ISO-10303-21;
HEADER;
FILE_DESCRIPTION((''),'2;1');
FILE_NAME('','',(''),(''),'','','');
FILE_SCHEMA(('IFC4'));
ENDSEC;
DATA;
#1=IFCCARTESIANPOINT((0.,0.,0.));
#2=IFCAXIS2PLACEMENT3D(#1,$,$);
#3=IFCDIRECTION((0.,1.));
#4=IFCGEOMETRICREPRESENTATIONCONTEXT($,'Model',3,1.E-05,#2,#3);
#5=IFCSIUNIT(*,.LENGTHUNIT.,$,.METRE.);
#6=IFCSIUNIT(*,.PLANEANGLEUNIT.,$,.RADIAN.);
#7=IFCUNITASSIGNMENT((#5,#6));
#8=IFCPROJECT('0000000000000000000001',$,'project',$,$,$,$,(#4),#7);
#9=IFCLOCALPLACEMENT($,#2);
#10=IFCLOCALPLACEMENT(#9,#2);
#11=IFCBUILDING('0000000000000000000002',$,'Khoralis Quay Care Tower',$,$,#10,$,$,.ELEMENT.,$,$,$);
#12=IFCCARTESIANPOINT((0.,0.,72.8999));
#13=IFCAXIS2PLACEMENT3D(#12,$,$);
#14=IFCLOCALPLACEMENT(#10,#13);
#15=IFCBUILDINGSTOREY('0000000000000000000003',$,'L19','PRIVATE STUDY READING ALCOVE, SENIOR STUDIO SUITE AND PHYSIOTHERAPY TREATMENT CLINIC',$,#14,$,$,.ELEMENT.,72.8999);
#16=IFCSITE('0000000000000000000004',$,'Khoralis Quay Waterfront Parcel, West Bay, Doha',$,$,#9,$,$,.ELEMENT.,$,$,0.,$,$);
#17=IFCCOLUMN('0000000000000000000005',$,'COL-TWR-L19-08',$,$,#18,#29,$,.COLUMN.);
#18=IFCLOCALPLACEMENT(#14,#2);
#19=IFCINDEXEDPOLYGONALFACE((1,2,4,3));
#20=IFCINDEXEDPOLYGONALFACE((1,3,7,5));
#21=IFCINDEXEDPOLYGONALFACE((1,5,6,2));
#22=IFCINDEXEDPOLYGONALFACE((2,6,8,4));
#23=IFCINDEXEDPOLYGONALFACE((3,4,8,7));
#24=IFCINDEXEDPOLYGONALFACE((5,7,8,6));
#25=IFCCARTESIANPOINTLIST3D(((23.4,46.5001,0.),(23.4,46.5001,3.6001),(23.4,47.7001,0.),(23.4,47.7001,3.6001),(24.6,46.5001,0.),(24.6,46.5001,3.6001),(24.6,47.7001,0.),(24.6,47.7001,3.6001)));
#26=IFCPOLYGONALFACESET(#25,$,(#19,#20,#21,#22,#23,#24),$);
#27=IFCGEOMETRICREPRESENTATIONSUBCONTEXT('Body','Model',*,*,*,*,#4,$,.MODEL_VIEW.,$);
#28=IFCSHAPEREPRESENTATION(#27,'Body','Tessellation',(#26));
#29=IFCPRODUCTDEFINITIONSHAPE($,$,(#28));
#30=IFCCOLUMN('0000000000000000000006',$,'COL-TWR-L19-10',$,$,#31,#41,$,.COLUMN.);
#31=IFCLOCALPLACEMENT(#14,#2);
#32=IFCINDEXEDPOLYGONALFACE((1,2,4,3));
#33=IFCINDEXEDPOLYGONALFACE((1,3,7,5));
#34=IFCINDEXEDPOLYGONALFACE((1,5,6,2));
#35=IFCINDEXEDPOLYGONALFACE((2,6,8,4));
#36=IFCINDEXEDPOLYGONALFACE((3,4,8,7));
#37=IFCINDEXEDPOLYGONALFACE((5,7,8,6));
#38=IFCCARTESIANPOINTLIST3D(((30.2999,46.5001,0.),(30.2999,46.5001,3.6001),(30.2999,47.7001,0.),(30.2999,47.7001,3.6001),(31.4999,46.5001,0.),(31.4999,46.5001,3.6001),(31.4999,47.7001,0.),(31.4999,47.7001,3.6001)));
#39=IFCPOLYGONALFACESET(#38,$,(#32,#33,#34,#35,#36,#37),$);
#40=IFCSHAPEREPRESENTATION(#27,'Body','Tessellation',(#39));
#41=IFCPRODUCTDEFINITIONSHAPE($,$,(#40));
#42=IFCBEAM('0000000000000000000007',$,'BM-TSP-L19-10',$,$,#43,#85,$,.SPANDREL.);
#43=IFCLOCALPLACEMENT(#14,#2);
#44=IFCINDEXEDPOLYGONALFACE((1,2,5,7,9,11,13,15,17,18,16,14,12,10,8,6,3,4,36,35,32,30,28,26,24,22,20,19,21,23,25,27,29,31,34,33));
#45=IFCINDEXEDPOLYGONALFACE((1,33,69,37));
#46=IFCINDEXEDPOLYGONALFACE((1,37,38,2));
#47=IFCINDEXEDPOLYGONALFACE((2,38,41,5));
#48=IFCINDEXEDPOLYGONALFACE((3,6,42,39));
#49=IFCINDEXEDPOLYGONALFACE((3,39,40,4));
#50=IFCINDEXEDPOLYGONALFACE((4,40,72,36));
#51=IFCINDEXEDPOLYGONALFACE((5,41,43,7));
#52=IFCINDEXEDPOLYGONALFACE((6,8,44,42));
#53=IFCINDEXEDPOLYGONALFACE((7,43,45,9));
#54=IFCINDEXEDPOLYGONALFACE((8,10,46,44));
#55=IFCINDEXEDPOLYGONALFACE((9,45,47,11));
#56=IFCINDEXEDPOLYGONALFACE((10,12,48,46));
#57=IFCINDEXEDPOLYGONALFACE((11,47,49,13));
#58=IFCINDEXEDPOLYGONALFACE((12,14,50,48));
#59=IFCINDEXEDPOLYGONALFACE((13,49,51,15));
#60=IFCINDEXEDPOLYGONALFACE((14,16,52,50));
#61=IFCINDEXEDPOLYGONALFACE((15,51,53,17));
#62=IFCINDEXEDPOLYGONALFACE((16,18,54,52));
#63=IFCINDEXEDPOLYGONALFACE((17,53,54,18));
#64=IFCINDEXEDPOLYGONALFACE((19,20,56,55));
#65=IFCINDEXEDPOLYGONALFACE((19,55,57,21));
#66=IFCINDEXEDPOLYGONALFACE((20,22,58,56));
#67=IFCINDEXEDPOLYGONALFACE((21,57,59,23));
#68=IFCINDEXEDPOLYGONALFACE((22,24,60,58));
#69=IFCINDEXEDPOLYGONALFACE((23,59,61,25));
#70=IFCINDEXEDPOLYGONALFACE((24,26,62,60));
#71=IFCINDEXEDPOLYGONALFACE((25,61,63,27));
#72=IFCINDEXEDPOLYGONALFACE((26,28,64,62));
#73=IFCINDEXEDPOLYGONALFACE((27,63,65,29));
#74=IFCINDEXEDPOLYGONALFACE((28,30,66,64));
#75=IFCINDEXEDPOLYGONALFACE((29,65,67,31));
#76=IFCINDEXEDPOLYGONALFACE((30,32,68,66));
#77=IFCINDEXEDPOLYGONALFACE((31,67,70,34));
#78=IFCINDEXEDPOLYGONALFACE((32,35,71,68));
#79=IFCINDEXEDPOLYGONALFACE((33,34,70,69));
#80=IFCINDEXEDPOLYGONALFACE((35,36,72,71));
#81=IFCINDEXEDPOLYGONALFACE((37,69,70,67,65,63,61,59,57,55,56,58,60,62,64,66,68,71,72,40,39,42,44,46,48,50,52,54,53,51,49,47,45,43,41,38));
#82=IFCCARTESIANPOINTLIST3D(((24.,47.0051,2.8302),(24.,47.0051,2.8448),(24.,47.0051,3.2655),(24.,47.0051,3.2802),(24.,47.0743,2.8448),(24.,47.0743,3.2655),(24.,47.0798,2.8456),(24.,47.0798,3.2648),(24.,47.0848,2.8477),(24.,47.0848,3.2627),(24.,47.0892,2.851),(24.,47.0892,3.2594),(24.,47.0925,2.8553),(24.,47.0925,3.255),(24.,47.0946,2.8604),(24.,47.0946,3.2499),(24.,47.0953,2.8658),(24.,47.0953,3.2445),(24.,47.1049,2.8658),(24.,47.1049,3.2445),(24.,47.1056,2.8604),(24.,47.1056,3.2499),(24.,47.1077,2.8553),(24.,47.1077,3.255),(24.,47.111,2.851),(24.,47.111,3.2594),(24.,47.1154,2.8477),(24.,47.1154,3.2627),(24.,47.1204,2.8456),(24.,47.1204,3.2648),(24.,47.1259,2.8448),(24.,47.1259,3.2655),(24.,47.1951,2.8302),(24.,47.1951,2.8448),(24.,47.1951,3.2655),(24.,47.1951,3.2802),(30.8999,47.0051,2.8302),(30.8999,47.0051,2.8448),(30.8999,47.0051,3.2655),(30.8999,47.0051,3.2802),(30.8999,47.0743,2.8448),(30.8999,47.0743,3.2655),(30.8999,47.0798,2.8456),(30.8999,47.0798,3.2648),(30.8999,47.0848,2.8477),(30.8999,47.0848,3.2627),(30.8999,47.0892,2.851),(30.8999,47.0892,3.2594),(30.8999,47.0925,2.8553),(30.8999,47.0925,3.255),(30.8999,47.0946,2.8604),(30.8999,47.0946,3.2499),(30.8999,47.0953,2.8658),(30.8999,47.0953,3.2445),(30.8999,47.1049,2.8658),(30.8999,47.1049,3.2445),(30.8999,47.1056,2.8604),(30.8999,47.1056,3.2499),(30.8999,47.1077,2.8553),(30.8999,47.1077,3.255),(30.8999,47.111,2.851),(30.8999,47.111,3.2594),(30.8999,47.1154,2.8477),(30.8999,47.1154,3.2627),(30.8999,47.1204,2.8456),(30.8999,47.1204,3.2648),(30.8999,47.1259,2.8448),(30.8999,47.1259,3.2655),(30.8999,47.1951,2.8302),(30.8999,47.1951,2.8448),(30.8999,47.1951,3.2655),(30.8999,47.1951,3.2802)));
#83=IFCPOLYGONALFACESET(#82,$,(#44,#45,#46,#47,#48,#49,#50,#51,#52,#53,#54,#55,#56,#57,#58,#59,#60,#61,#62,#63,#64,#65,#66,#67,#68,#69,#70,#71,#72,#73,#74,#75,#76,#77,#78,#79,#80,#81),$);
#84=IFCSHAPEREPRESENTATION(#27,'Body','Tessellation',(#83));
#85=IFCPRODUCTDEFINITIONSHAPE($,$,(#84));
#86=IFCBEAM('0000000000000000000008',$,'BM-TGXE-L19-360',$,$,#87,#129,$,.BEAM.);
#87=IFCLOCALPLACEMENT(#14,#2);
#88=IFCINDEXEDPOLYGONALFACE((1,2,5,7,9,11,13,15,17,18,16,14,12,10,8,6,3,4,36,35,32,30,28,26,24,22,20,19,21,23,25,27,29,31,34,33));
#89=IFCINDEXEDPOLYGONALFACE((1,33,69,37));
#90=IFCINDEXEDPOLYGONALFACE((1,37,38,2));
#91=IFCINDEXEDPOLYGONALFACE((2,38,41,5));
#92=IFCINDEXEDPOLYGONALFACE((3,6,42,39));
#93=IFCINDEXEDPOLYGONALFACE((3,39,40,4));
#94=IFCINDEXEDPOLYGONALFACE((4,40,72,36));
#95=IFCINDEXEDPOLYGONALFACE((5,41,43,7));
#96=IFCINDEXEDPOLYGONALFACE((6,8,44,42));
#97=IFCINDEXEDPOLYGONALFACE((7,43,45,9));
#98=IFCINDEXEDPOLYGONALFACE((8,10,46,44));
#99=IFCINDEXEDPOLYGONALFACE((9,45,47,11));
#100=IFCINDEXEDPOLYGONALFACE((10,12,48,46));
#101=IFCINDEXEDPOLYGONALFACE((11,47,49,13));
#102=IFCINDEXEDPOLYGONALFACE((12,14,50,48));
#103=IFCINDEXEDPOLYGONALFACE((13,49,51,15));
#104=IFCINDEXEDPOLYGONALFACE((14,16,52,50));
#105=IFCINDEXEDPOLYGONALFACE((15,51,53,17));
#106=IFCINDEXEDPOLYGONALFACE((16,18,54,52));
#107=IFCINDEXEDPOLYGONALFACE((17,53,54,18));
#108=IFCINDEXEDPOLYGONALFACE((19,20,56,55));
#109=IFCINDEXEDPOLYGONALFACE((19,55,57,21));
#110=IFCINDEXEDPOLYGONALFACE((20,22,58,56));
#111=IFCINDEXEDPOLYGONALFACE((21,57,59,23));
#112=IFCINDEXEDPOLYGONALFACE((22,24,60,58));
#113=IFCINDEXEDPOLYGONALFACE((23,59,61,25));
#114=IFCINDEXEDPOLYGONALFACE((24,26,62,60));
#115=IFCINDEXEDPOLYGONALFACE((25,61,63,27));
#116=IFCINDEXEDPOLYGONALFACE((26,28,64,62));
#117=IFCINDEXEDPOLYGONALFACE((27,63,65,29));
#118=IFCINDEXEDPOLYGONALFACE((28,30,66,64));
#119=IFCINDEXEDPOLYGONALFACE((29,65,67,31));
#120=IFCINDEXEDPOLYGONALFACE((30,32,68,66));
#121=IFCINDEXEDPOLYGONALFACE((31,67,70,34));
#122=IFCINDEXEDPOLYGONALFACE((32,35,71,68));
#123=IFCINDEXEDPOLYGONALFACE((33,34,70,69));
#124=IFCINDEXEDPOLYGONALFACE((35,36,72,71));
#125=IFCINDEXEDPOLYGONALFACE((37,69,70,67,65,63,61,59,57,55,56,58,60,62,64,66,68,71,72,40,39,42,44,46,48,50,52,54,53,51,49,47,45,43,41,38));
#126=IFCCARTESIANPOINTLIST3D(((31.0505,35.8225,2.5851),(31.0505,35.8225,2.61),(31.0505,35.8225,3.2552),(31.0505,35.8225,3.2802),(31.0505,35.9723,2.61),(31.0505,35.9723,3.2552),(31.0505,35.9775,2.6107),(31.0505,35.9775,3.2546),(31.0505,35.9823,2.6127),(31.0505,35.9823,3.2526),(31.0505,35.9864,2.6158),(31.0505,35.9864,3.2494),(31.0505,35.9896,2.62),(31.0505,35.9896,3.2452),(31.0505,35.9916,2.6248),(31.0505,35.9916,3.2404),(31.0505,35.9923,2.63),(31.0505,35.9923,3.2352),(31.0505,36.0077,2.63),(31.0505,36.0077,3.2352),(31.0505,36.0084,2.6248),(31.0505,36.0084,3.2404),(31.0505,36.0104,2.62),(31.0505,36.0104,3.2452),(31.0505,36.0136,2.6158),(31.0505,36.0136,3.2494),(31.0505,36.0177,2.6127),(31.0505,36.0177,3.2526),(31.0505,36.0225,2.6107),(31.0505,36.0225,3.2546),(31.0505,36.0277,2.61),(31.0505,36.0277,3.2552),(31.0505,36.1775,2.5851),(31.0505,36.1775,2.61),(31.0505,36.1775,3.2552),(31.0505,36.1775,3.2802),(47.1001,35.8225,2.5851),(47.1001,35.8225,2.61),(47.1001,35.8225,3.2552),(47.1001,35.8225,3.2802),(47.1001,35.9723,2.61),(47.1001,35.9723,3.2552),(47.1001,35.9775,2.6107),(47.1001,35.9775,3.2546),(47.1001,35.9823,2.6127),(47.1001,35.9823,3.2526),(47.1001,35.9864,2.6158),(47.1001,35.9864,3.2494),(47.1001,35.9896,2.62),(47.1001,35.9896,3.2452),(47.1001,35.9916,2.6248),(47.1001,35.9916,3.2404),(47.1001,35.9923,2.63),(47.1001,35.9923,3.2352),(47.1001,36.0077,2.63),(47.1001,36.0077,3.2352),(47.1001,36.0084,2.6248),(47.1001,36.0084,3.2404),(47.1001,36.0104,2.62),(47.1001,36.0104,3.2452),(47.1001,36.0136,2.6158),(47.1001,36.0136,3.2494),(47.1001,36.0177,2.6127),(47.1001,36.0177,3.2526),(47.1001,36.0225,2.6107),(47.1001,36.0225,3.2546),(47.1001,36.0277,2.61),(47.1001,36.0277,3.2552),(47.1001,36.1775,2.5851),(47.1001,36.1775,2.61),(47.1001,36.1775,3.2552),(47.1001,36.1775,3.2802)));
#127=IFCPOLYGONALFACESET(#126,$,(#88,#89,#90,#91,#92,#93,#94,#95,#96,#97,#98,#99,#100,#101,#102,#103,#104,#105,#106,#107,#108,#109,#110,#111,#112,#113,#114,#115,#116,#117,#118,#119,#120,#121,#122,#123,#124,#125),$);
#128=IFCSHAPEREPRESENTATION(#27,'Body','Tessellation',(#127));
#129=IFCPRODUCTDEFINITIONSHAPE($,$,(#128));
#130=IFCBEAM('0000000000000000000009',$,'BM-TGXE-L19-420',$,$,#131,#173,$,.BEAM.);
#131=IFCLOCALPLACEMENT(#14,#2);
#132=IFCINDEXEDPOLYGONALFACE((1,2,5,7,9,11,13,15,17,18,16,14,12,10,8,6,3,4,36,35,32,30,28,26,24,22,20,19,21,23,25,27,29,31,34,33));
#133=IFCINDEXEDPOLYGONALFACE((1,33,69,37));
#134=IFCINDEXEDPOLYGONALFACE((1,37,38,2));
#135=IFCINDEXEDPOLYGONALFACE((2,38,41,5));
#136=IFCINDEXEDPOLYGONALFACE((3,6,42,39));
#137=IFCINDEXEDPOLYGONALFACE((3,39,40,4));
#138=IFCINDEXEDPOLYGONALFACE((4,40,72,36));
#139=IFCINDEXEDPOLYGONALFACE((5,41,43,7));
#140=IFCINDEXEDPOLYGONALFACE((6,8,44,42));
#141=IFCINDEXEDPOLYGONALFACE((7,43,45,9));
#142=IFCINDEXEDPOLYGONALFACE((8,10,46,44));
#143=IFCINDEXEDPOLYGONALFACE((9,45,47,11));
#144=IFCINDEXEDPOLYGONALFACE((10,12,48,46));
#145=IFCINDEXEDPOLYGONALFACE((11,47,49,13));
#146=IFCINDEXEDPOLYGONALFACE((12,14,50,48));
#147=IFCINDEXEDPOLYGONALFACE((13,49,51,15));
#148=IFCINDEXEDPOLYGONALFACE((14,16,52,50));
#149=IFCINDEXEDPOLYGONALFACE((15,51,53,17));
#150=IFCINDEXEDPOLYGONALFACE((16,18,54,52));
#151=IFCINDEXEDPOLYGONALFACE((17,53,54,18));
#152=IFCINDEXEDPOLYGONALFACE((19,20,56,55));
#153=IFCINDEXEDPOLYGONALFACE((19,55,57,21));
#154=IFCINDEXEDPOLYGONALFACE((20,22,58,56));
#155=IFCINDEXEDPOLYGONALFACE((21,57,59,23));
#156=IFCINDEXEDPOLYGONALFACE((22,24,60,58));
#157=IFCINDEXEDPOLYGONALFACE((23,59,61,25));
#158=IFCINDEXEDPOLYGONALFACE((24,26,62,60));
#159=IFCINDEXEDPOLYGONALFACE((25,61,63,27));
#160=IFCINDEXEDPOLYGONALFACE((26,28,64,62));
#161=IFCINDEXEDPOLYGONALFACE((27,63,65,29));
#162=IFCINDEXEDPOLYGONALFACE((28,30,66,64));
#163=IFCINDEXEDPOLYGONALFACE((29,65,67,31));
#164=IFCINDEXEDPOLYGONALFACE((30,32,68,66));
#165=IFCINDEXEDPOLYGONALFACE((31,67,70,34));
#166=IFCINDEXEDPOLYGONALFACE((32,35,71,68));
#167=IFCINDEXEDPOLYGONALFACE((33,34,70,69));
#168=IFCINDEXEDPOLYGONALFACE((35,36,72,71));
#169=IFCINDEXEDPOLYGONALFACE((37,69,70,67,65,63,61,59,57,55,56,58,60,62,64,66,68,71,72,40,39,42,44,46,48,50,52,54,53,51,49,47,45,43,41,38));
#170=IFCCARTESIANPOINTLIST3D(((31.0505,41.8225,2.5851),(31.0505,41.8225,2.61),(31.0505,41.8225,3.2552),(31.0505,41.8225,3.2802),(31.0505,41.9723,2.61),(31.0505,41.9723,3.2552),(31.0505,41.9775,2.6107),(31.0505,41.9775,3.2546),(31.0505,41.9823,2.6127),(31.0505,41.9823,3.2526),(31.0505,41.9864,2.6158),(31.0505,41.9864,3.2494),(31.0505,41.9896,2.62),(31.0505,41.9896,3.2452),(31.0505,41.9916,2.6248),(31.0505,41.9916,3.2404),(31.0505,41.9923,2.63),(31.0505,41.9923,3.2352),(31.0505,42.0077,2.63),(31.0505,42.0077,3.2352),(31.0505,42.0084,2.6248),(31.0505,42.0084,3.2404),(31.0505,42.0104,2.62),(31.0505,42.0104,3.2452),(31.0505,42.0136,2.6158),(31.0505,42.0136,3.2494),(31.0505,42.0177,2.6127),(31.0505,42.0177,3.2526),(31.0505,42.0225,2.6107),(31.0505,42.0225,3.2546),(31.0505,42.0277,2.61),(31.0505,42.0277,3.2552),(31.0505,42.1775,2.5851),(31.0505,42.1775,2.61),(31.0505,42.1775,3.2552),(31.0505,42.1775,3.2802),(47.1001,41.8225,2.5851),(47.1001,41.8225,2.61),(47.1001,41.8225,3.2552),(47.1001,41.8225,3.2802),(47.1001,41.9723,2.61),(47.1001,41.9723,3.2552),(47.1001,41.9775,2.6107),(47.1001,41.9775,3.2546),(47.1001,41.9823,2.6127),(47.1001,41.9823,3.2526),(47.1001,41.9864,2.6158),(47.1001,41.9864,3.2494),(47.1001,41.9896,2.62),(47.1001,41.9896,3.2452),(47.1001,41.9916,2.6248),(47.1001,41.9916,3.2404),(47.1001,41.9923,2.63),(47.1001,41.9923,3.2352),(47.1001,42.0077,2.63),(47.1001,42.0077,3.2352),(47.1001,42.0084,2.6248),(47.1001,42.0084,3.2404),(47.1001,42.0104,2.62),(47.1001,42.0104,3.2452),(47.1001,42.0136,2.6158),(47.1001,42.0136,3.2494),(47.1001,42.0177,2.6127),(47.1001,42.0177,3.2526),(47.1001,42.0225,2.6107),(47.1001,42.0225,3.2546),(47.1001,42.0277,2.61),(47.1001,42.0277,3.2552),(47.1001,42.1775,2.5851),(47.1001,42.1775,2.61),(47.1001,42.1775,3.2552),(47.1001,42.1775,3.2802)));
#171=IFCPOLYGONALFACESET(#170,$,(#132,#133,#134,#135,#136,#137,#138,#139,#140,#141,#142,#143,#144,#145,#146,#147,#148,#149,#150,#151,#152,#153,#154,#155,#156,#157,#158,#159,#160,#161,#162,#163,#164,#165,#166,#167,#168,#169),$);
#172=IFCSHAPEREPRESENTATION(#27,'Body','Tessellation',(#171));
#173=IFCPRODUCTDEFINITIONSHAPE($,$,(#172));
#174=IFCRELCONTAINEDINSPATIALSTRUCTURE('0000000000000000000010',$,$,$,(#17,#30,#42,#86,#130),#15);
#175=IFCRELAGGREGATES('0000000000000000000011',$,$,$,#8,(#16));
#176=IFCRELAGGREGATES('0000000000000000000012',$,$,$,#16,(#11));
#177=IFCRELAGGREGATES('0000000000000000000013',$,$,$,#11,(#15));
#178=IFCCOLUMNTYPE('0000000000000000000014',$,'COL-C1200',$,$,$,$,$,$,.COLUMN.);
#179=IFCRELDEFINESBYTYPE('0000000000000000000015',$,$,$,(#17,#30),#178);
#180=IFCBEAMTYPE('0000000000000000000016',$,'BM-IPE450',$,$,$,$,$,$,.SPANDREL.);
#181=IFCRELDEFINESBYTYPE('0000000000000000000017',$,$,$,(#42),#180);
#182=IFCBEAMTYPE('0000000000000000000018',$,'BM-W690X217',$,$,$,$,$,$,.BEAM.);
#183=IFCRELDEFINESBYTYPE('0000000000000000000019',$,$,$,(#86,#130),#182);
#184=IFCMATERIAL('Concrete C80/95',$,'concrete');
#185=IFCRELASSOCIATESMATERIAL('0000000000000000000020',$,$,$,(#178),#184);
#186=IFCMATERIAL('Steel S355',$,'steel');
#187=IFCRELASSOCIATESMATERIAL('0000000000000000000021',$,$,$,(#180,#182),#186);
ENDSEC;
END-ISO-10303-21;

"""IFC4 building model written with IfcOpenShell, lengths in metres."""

from ifc_helpers import new_model, si_unit, direction, frame, origin, origin_2d, place, context, subcontext, project, spatial, rectangle, i_section, extrude, source, transform, mapped, material, material_profile, profile_set, type_object, element, save


model = new_model("IFC4")

# Units and contexts
model_context = context("Model", 3, precision=1e-05, world=origin(), true_north=direction((0.0, 1.0)))
body_context = subcontext(model_context, "Body", "Model", "MODEL_VIEW")
ifc_project = project(units=[si_unit("LENGTHUNIT", "METRE"), si_unit("PLANEANGLEUNIT", "RADIAN")], contexts=[model_context])

# Site, building, storey
site_placement = place(None, origin())
site = spatial("IfcSite", under=ifc_project, at=site_placement, Name="Khoralis Quay Waterfront Parcel, West Bay, Doha", CompositionType="ELEMENT", RefElevation=0.0)
building_placement = place(site_placement, origin())
building = spatial("IfcBuilding", under=site, at=building_placement, Name="Khoralis Quay Care Tower", CompositionType="ELEMENT")
storey_placement = place(building_placement, frame((0.0, 0.0, 72.8999)))
storey = spatial("IfcBuildingStorey", under=building, at=storey_placement, Name="L19", Description="PRIVATE STUDY READING ALCOVE, SENIOR STUDIO SUITE AND PHYSIOTHERAPY TREATMENT CLINIC", CompositionType="ELEMENT", Elevation=72.8999)

# Columns
ifc_material_1 = material(Name="Concrete C80/95", Category="concrete")
ifc_material_profile_1 = material_profile(ifc_material_1, rectangle(XDim=1.2, YDim=1.2, at=origin_2d()), Name="Concrete C80/95")
ifc_profile_set_1 = profile_set([ifc_material_profile_1], Name="Concrete C80/95")
column_type = type_object("IfcColumnType", Name="COL-C1200", PredefinedType="COLUMN", material=ifc_profile_set_1)
shared_shape_1 = source(origin(), body_context, "Body", "SweptSolid", [
    extrude(rectangle(XDim=1.2, YDim=1.2, at=origin_2d()), origin(), (0.0, 0.0, 1.0), 3.6001),
])
for number, where, z_axis, x_axis, name in (
    (1, (24.0, 47.1001, 0.0), (0.0, 0.0, 1.0), (1.0, 0.0, 0.0), "COL-TWR-L19-08"),
    (2, (30.8999, 47.1001, 0.0), (0.0, 0.0, 1.0), (1.0, 0.0, 0.0), "COL-TWR-L19-10"),
):
    element("IfcColumn", number, at=place(storey_placement, frame(where, z_axis=z_axis, x_axis=x_axis)), inside=storey, type_object=column_type, Name=name, PredefinedType="COLUMN", context=body_context, shape_type="MappedRepresentation", body=[
        mapped(shared_shape_1, transform((0.0, 0.0, 0.0), scale=1.0)),
    ])

# Beams
ifc_material_2 = material(Name="Steel S355", Category="steel")
ifc_material_profile_2 = material_profile(ifc_material_2, i_section(OverallWidth=0.1899, OverallDepth=0.45, WebThickness=0.0095, FlangeThickness=0.0146, FilletRadius=0.021, at=origin_2d()), Name="Steel S355")
ifc_profile_set_2 = profile_set([ifc_material_profile_2], Name="Steel S355")
beam_type_1 = type_object("IfcBeamType", Name="BM-IPE450", PredefinedType="SPANDREL", material=ifc_profile_set_2)
shared_shape_2 = source(origin(), body_context, "Body", "SweptSolid", [
    extrude(i_section(OverallWidth=0.1899, OverallDepth=0.45, WebThickness=0.0095, FlangeThickness=0.0146, FilletRadius=0.021, at=origin_2d()), origin(), (0.0, 0.0, 1.0), 6.8999),
])
beam_placement = place(storey_placement, frame((24.0, 47.1001, 3.0552), z_axis=(1.0, 0.0, 0.0), x_axis=(0.0, 1.0, 0.0)))
element("IfcBeam", 3, at=beam_placement, inside=storey, type_object=beam_type_1, Name="BM-TSP-L19-10", PredefinedType="SPANDREL", context=body_context, shape_type="MappedRepresentation", body=[
    mapped(shared_shape_2, transform((0.0, 0.0, 0.0), scale=1.0)),
])
ifc_material_profile_3 = material_profile(ifc_material_2, i_section(OverallWidth=0.355, OverallDepth=0.6951, WebThickness=0.0154, FlangeThickness=0.0249, FilletRadius=0.02, at=origin_2d()), Name="Steel S355")
ifc_profile_set_3 = profile_set([ifc_material_profile_3], Name="Steel S355")
beam_type_2 = type_object("IfcBeamType", Name="BM-W690X217", PredefinedType="BEAM", material=ifc_profile_set_3)
shared_shape_3 = source(origin(), body_context, "Body", "SweptSolid", [
    extrude(i_section(OverallWidth=0.355, OverallDepth=0.6951, WebThickness=0.0154, FlangeThickness=0.0249, FilletRadius=0.02, at=origin_2d()), origin(), (0.0, 0.0, 1.0), 16.0496),
])
for number, where, z_axis, x_axis, name in (
    (4, (31.0505, 36.0, 2.9326), (1.0, 0.0, 0.0), (0.0, 1.0, 0.0), "BM-TGXE-L19-360"),
    (5, (31.0505, 42.0, 2.9326), (1.0, 0.0, 0.0), (0.0, 1.0, 0.0), "BM-TGXE-L19-420"),
):
    element("IfcBeam", number, at=place(storey_placement, frame(where, z_axis=z_axis, x_axis=x_axis)), inside=storey, type_object=beam_type_2, Name=name, PredefinedType="BEAM", context=body_context, shape_type="MappedRepresentation", body=[
        mapped(shared_shape_3, transform((0.0, 0.0, 0.0), scale=1.0)),
    ])

save(model, "model.ifc")
